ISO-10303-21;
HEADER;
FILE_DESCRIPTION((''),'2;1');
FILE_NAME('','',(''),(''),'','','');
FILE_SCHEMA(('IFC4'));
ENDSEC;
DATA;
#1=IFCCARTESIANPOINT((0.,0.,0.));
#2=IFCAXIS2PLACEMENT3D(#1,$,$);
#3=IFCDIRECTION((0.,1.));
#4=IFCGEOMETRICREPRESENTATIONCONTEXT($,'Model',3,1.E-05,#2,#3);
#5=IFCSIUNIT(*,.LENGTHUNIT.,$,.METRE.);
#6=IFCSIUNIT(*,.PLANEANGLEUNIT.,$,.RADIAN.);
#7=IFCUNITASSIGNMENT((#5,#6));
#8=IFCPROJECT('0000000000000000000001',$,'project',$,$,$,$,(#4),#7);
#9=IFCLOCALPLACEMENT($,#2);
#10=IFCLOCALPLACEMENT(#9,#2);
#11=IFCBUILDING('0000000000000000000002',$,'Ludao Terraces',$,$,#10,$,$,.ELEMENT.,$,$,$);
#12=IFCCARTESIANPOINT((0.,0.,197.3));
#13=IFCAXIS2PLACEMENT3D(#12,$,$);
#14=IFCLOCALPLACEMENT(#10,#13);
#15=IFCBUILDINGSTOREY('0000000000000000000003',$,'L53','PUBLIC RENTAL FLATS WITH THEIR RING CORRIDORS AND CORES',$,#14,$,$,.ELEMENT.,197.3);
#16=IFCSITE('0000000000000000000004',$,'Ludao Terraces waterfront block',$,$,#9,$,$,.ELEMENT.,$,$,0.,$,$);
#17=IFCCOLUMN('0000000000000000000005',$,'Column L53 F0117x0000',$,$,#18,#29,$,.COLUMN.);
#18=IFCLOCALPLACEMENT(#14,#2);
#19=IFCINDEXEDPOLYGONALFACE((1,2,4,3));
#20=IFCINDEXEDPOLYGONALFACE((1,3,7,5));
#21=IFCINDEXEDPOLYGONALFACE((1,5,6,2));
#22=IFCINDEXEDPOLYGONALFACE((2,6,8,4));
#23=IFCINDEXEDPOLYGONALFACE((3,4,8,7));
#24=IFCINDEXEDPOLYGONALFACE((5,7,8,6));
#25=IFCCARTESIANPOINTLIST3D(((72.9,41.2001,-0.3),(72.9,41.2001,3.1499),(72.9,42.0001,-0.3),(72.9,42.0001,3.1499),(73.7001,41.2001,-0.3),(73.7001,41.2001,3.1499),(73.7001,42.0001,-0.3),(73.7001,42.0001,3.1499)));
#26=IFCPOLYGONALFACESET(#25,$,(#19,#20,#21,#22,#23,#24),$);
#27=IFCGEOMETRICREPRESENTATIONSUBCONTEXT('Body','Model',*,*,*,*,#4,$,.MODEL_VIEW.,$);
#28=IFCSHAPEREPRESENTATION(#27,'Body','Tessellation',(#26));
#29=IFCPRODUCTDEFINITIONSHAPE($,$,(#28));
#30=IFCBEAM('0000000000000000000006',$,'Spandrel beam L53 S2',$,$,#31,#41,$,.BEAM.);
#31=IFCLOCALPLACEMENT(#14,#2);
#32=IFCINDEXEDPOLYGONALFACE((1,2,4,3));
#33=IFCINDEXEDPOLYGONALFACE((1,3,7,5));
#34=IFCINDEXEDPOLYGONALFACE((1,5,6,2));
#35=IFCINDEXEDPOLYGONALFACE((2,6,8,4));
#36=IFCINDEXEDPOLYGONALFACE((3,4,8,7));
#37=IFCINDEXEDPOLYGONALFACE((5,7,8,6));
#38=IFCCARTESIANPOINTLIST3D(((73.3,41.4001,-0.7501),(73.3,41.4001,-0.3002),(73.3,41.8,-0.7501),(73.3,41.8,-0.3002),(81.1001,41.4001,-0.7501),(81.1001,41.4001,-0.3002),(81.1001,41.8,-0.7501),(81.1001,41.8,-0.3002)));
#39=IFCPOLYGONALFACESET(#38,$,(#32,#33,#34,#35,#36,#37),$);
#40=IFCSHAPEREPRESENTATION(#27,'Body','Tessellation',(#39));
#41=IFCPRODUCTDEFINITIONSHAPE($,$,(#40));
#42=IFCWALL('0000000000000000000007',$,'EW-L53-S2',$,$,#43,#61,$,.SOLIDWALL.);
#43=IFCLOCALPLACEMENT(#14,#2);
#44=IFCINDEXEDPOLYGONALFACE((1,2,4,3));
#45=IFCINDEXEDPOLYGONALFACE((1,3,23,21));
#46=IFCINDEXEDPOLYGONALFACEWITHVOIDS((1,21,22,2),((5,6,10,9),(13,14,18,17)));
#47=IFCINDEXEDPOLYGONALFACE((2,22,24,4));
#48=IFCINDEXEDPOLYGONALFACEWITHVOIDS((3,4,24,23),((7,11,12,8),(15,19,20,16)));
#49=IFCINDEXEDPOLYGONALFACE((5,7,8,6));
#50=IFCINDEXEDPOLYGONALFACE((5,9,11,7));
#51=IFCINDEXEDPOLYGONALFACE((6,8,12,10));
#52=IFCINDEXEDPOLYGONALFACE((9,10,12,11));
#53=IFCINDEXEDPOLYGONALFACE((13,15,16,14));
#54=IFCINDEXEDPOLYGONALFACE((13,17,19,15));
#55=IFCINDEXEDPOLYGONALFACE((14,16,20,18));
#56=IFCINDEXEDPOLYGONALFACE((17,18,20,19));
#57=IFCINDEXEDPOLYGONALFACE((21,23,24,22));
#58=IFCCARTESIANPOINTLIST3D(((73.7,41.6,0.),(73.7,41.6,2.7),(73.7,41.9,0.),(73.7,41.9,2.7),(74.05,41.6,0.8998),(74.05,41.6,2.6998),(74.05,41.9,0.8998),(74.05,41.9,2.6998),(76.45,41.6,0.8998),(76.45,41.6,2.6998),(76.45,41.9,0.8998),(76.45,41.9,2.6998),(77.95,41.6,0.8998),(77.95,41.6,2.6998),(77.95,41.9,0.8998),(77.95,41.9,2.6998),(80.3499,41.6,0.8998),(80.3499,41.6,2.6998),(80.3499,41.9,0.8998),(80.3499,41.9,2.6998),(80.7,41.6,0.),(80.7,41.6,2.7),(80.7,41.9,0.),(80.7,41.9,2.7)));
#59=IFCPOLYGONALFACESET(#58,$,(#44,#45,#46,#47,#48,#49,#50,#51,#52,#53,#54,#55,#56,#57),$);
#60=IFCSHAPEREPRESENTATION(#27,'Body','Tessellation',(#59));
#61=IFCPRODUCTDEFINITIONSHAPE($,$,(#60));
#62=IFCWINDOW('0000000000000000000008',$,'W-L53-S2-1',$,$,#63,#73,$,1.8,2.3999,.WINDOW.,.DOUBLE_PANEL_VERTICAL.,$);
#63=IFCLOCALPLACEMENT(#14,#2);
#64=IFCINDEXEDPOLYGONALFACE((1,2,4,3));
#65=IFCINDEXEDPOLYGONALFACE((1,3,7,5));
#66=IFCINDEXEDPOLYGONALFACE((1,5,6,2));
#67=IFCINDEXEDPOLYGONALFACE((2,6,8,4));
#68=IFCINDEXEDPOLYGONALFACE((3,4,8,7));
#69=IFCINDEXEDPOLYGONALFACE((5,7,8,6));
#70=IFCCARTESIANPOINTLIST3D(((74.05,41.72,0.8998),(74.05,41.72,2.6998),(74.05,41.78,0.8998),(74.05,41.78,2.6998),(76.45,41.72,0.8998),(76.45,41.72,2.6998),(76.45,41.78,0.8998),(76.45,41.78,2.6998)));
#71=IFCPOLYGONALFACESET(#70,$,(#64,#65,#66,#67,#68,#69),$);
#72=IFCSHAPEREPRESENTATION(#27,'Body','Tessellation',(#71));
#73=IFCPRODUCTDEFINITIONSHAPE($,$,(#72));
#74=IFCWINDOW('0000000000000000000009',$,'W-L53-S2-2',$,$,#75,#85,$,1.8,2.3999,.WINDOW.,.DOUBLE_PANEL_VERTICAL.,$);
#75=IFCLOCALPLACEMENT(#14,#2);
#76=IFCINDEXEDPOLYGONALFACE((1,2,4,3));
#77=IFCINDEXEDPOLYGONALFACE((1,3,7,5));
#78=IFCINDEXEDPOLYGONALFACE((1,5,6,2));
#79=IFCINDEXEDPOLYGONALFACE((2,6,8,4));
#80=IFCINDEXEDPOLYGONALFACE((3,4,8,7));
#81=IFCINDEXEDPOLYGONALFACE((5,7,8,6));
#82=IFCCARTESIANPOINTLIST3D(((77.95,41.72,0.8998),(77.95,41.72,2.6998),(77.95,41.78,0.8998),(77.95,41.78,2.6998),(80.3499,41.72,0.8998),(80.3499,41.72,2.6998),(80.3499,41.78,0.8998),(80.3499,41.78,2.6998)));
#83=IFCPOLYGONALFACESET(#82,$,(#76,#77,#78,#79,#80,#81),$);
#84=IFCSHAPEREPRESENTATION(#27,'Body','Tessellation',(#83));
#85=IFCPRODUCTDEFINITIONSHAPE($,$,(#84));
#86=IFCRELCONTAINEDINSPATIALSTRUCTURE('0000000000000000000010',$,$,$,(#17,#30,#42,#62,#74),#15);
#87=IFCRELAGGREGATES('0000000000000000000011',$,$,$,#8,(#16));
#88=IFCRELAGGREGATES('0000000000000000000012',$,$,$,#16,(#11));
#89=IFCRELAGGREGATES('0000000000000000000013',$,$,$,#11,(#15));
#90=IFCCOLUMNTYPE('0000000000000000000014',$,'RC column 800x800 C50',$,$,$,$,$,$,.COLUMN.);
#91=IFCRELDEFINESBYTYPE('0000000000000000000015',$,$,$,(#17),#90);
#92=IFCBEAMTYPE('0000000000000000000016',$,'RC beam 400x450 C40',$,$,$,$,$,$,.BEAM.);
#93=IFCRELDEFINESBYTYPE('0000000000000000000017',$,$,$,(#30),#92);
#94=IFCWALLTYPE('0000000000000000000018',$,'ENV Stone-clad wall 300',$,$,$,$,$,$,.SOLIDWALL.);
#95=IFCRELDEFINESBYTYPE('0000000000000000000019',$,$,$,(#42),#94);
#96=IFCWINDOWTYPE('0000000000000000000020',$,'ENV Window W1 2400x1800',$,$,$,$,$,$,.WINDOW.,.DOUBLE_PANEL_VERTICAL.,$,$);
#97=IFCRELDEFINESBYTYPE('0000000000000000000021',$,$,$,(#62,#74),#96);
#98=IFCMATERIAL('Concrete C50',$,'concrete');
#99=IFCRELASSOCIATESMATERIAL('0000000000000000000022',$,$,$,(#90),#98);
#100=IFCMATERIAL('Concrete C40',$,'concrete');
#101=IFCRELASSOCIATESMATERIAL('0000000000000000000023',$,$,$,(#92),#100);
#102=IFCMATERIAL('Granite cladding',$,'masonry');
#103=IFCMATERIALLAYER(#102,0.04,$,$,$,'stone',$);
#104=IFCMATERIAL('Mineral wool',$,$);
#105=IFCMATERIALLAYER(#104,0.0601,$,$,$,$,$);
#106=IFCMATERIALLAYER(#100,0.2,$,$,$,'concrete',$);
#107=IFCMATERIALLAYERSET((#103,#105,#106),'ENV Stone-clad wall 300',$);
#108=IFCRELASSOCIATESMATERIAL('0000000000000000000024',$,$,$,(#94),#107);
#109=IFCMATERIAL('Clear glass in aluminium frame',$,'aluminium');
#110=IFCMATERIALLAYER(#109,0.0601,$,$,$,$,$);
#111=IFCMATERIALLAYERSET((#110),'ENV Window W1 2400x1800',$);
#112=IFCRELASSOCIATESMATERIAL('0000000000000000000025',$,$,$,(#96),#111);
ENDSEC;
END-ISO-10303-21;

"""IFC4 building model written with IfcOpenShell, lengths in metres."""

from ifc_helpers import new_model, si_unit, direction, frame, frame_2d, origin, origin_2d, place, context, subcontext, project, spatial, rectangle, extrude, material, layer, layer_set, material_profile, profile_set, type_object, element, fill, save


model = new_model("IFC4")

# Units and contexts
model_context = context("Model", 3, precision=1e-05, world=origin(), true_north=direction((0.0, 1.0)))
body_context = subcontext(model_context, "Body", "Model", "MODEL_VIEW")
ifc_project = project(units=[si_unit("LENGTHUNIT", "METRE"), si_unit("PLANEANGLEUNIT", "RADIAN")], contexts=[model_context])

# Site, building, storey
site_placement = place(None, origin())
site = spatial("IfcSite", under=ifc_project, at=site_placement, Name="Ludao Terraces waterfront block", CompositionType="ELEMENT", RefElevation=0.0)
building_placement = place(site_placement, origin())
building = spatial("IfcBuilding", under=site, at=building_placement, Name="Ludao Terraces", CompositionType="ELEMENT")
storey_placement = place(building_placement, frame((0.0, 0.0, 197.3)))
storey = spatial("IfcBuildingStorey", under=building, at=storey_placement, Name="L53", Description="PUBLIC RENTAL FLATS WITH THEIR RING CORRIDORS AND CORES", CompositionType="ELEMENT", Elevation=197.3)

# Column
ifc_material_1 = material(Name="Concrete C50", Category="concrete")
ifc_material_profile_1 = material_profile(ifc_material_1, rectangle(XDim=0.8, YDim=0.8, at=origin_2d()), Name="800 X 800")
ifc_profile_set_1 = profile_set([ifc_material_profile_1], Name="Concrete C50")
column_type = type_object("IfcColumnType", Name="RC column 800x800 C50", PredefinedType="COLUMN", material=ifc_profile_set_1)
column_placement = place(storey_placement, frame((73.3, 41.6001, -0.3), z_axis=(0.0, 0.0, 1.0), x_axis=(1.0, 0.0, 0.0)))
element("IfcColumn", 1, at=column_placement, inside=storey, type_object=column_type, Name="Column L53 F0117x0000", PredefinedType="COLUMN", context=body_context, shape_type="SweptSolid", body=[
    extrude(rectangle(XDim=0.8, YDim=0.8, at=origin_2d()), origin(), (0.0, 0.0, 1.0), 3.45),
])

# Beam
ifc_material_2 = material(Name="Concrete C40", Category="concrete")
ifc_material_profile_2 = material_profile(ifc_material_2, rectangle(XDim=0.3999, YDim=0.45, at=origin_2d()), Name="400 X 450")
ifc_profile_set_2 = profile_set([ifc_material_profile_2], Name="Concrete C40")
beam_type = type_object("IfcBeamType", Name="RC beam 400x450 C40", PredefinedType="BEAM", material=ifc_profile_set_2)
beam_placement = place(storey_placement, frame((73.3, 41.6001, -0.5251), z_axis=(1.0, 0.0, 0.0), x_axis=(0.0, 1.0, 0.0)))
element("IfcBeam", 2, at=beam_placement, inside=storey, type_object=beam_type, Name="Spandrel beam L53 S2", PredefinedType="BEAM", context=body_context, shape_type="SweptSolid", body=[
    extrude(rectangle(XDim=0.3999, YDim=0.45, at=origin_2d()), origin(), (0.0, 0.0, 1.0), 7.8),
])

# Wall, openings, windows
ifc_material_3 = material(Name="Granite cladding", Category="masonry")
ifc_layer_1 = layer(ifc_material_3, 0.04, Category="stone")
ifc_material_4 = material(Name="Mineral wool")
ifc_layer_2 = layer(ifc_material_4, 0.0601)
ifc_layer_3 = layer(ifc_material_2, 0.2, Category="concrete")
ifc_layer_set_1 = layer_set([ifc_layer_1, ifc_layer_2, ifc_layer_3], Name="ENV Stone-clad wall 300")
wall_type = type_object("IfcWallType", Name="ENV Stone-clad wall 300", PredefinedType="SOLIDWALL", material=ifc_layer_set_1)
wall_placement = place(storey_placement, frame((73.7, 41.75, 0.0), z_axis=(0.0, 0.0, 1.0), x_axis=(1.0, 0.0, 0.0)))
wall = element("IfcWall", 3, at=wall_placement, inside=storey, type_object=wall_type, Name="EW-L53-S2", PredefinedType="SOLIDWALL", context=body_context, shape_type="SweptSolid", body=[
    extrude(rectangle(XDim=7.0, YDim=0.3, at=frame_2d((3.5, 0.0))), origin(), (0.0, 0.0, 1.0), 2.7),
])
opening_1_placement = place(wall_placement, frame((0.3501, 0.0, 0.8999)))
opening_1 = element("IfcOpeningElement", 4, at=opening_1_placement, cuts=wall, PredefinedType="OPENING", context=body_context, shape_type="SweptSolid", body=[
    extrude(rectangle(XDim=2.3999, YDim=1.8, at=frame_2d((1.2, 0.8999))), frame((0.0, 0.1602, 0.0), z_axis=(0.0, -1.0, 0.0), x_axis=(1.0, 0.0, 0.0)), (0.0, 0.0, 1.0), 0.3201),
])
opening_2_placement = place(wall_placement, frame((4.25, 0.0, 0.8999)))
opening_2 = element("IfcOpeningElement", 5, at=opening_2_placement, cuts=wall, PredefinedType="OPENING", context=body_context, shape_type="SweptSolid", body=[
    extrude(rectangle(XDim=2.3999, YDim=1.8, at=frame_2d((1.2, 0.8999))), frame((0.0, 0.1602, 0.0), z_axis=(0.0, -1.0, 0.0), x_axis=(1.0, 0.0, 0.0)), (0.0, 0.0, 1.0), 0.3201),
])
ifc_material_5 = material(Name="Clear glass in aluminium frame", Category="aluminium")
ifc_layer_4 = layer(ifc_material_5, 0.0601)
ifc_layer_set_2 = layer_set([ifc_layer_4], Name="ENV Window W1 2400x1800")
window_type = type_object("IfcWindowType", Name="ENV Window W1 2400x1800", PartitioningType="DOUBLE_PANEL_VERTICAL", PredefinedType="WINDOW", material=ifc_layer_set_2)
window_1_placement = place(opening_1_placement, origin())
window_1 = element("IfcWindow", 6, at=window_1_placement, inside=storey, type_object=window_type, Name="W-L53-S2-1", OverallHeight=1.8, OverallWidth=2.3999, PartitioningType="DOUBLE_PANEL_VERTICAL", PredefinedType="WINDOW", context=body_context, shape_type="SweptSolid", body=[
    extrude(rectangle(XDim=2.3999, YDim=1.8, at=frame_2d((1.2, 0.8999))), frame((0.0, 0.03, 0.0), z_axis=(0.0, -1.0, 0.0), x_axis=(1.0, 0.0, 0.0)), (0.0, 0.0, 1.0), 0.0601),
])
fill(opening_1, window_1)
window_2_placement = place(opening_2_placement, origin())
window_2 = element("IfcWindow", 7, at=window_2_placement, inside=storey, type_object=window_type, Name="W-L53-S2-2", OverallHeight=1.8, OverallWidth=2.3999, PartitioningType="DOUBLE_PANEL_VERTICAL", PredefinedType="WINDOW", context=body_context, shape_type="SweptSolid", body=[
    extrude(rectangle(XDim=2.3999, YDim=1.8, at=frame_2d((1.2, 0.8999))), frame((0.0, 0.03, 0.0), z_axis=(0.0, -1.0, 0.0), x_axis=(1.0, 0.0, 0.0)), (0.0, 0.0, 1.0), 0.0601),
])
fill(opening_2, window_2)

save(model, "model.ifc")
